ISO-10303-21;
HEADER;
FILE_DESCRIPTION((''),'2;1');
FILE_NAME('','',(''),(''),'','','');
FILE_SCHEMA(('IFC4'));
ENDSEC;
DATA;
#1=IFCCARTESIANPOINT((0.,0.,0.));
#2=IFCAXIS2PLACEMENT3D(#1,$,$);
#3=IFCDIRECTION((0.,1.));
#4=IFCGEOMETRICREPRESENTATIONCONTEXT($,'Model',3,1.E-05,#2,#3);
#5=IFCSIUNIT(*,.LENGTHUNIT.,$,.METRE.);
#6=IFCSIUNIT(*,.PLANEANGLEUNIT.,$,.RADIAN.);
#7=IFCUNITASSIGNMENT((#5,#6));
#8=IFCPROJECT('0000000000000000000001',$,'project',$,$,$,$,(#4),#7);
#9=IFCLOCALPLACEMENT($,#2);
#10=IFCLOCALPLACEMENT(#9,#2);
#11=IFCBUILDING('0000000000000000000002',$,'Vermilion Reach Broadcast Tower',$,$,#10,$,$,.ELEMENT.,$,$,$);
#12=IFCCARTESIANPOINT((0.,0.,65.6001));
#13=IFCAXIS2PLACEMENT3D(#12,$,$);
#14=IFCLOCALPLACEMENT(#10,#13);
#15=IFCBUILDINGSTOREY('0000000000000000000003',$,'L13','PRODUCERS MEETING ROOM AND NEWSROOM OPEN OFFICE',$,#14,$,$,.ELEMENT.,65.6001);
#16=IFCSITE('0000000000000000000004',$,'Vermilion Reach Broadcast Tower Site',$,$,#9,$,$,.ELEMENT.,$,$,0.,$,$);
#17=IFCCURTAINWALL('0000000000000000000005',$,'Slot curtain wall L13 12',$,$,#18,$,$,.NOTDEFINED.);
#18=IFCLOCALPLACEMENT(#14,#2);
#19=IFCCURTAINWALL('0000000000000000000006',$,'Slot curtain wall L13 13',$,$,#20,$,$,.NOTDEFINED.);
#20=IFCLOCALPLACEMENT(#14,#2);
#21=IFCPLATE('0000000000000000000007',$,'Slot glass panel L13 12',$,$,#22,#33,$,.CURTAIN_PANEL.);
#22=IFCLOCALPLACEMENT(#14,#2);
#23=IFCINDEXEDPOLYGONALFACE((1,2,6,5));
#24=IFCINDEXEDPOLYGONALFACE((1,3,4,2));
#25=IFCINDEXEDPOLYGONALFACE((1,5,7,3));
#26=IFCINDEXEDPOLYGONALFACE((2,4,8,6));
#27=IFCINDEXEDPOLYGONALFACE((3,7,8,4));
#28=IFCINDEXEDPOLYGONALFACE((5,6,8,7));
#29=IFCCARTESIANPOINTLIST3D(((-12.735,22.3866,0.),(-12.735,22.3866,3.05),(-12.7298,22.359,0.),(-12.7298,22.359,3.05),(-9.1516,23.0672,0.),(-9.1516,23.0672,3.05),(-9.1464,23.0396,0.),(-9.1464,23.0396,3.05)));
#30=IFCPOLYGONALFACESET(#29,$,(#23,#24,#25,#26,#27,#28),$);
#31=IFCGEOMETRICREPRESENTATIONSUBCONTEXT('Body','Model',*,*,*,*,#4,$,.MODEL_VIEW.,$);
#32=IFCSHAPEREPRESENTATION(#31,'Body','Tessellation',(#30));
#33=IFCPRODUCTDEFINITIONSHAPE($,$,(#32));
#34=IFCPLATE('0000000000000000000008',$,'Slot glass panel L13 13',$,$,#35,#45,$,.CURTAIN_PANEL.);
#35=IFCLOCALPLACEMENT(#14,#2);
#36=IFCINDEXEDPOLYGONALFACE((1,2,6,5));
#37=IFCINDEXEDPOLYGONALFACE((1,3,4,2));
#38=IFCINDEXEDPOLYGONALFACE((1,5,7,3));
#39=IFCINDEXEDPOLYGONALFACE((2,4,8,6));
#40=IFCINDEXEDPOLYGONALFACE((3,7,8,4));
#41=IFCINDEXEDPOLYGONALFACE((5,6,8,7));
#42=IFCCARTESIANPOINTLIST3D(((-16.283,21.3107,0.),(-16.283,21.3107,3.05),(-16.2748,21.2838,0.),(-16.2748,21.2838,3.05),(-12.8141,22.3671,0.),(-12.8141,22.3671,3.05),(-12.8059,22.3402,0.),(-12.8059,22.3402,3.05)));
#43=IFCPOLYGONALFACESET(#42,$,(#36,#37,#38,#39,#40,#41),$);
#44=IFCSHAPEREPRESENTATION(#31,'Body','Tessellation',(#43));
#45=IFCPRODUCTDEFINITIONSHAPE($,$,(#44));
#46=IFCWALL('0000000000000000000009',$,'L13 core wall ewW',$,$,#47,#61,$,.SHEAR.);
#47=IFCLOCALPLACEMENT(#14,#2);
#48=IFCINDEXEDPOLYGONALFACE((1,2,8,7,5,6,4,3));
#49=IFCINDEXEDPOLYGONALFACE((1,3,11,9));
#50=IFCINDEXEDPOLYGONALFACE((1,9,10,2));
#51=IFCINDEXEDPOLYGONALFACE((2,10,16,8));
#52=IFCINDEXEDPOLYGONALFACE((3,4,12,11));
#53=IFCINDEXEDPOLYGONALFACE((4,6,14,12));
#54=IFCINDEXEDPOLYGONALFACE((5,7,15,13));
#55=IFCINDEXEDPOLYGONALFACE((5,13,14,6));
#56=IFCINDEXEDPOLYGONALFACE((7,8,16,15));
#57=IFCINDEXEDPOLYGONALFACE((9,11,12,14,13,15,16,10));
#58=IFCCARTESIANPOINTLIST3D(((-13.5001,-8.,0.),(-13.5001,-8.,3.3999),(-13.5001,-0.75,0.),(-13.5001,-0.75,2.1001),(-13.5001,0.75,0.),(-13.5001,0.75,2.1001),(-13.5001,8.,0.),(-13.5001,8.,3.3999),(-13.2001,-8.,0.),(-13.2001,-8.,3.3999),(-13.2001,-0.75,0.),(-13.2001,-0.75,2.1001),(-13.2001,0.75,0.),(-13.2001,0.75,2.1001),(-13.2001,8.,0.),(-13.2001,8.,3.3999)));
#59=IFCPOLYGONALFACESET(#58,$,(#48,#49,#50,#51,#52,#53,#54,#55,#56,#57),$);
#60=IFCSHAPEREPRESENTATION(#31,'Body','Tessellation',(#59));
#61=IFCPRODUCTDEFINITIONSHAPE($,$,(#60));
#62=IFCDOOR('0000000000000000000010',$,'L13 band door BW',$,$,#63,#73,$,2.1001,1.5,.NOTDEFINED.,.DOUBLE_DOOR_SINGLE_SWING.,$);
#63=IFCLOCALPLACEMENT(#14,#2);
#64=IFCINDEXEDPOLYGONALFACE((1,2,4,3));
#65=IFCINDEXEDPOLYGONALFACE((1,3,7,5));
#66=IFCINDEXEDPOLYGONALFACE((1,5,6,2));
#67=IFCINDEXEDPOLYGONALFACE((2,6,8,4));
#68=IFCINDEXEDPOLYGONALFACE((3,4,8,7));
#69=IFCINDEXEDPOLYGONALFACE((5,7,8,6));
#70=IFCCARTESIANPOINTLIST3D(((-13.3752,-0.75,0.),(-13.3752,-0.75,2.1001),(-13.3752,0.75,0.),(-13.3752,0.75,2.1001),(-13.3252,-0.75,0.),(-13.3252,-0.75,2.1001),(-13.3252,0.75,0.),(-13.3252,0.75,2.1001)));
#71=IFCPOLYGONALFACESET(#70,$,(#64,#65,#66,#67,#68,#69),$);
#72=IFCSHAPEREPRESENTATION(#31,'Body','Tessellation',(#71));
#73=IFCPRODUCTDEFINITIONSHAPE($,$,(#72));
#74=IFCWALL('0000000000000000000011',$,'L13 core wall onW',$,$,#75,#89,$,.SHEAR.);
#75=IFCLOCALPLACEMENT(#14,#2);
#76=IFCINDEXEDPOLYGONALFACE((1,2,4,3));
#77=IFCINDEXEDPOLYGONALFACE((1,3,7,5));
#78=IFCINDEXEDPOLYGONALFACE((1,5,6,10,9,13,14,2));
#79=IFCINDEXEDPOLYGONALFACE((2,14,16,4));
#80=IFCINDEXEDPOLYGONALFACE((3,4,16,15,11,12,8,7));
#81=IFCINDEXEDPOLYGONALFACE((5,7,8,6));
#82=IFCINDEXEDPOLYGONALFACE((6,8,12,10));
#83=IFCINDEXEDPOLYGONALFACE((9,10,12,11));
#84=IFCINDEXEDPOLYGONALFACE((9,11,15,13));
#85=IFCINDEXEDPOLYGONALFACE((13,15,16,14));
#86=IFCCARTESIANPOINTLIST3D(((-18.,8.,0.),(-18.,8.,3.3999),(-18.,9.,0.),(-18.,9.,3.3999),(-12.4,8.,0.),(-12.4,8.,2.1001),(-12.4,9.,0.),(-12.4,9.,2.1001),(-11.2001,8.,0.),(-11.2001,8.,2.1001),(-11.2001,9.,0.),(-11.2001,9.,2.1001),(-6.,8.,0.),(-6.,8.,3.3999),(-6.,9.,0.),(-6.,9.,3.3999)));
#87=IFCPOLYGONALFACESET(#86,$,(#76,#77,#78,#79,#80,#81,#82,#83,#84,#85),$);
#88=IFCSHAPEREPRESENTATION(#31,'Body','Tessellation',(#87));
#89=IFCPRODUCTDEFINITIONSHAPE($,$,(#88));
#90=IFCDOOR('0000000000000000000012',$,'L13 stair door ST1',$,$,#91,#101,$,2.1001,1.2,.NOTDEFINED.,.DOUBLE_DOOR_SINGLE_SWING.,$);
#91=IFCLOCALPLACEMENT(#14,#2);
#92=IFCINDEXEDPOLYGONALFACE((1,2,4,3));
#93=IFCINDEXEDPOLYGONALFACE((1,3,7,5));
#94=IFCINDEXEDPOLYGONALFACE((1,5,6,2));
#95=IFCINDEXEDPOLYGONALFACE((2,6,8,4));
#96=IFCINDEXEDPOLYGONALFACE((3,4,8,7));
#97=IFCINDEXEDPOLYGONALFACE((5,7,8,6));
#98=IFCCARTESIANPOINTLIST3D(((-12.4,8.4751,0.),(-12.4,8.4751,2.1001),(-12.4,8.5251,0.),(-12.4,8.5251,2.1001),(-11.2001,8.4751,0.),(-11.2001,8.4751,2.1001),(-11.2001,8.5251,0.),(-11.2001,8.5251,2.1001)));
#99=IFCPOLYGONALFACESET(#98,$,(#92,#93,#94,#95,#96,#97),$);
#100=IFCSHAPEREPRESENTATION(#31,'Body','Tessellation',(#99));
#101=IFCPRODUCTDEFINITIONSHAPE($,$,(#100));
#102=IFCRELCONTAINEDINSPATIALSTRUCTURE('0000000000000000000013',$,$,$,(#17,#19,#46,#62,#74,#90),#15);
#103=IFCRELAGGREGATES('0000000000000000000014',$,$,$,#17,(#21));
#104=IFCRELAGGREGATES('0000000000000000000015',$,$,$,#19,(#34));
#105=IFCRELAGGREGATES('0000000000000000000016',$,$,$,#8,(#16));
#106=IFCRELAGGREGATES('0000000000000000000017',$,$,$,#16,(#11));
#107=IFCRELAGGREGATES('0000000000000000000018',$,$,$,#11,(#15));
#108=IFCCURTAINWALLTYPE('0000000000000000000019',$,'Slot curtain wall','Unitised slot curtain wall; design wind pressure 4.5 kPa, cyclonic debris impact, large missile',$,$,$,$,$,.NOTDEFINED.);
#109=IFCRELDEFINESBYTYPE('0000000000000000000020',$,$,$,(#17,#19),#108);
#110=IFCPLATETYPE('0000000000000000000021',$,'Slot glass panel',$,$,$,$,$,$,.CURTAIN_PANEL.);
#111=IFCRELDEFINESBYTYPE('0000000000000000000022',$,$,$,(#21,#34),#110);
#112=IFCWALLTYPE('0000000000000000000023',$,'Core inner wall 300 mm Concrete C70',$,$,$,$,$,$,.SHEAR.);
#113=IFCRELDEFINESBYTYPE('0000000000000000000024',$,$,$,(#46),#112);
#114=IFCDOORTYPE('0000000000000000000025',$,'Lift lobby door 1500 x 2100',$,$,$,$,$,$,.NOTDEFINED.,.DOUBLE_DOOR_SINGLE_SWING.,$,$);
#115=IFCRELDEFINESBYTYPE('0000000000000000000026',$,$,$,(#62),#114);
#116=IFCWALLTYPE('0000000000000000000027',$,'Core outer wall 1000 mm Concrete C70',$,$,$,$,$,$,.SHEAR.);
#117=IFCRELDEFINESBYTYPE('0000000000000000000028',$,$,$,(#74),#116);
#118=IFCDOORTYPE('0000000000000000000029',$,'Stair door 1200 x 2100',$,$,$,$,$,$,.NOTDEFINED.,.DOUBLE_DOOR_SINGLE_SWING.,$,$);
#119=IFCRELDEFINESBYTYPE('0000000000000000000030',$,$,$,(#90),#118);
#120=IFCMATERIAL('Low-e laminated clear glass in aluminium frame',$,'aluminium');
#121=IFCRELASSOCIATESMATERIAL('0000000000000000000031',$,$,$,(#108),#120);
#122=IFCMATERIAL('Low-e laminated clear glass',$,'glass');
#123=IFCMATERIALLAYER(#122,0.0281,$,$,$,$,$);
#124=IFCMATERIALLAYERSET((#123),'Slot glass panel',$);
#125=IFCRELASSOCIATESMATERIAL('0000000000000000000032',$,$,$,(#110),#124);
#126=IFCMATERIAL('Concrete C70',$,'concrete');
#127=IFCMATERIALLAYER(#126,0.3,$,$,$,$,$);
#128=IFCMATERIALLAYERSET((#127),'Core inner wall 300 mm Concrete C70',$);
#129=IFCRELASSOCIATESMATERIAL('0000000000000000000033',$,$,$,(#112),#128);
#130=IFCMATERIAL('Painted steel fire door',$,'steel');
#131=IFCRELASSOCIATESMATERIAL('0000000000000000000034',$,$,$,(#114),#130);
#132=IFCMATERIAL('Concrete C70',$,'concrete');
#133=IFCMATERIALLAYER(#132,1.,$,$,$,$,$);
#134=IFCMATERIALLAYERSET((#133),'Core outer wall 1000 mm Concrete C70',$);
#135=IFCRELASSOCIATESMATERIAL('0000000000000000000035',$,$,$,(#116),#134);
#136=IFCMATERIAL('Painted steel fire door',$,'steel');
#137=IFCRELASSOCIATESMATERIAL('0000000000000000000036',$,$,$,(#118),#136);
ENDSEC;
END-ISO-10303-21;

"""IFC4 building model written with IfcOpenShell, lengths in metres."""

from ifc_helpers import new_model, si_unit, direction, frame, frame_2d, origin, origin_2d, place, context, subcontext, project, spatial, rectangle, extrude, material, layer, layer_set, type_object, element, fill, aggregate, save


model = new_model("IFC4")

# Units and contexts
model_context = context("Model", 3, precision=1e-05, world=origin(), true_north=direction((0.0, 1.0)))
body_context = subcontext(model_context, "Body", "Model", "MODEL_VIEW")
ifc_project = project(units=[si_unit("LENGTHUNIT", "METRE"), si_unit("PLANEANGLEUNIT", "RADIAN")], contexts=[model_context])

# Site, building, storey
site_placement = place(None, origin())
site = spatial("IfcSite", under=ifc_project, at=site_placement, Name="Vermilion Reach Broadcast Tower Site", CompositionType="ELEMENT", RefElevation=0.0)
building_placement = place(site_placement, origin())
building = spatial("IfcBuilding", under=site, at=building_placement, Name="Vermilion Reach Broadcast Tower", CompositionType="ELEMENT")
storey_placement = place(building_placement, frame((0.0, 0.0, 65.6001)))
storey = spatial("IfcBuildingStorey", under=building, at=storey_placement, Name="L13", Description="PRODUCERS MEETING ROOM AND NEWSROOM OPEN OFFICE", CompositionType="ELEMENT", Elevation=65.6001)

# Curtain walls
ifc_material_1 = material(Name="Low-e laminated clear glass in aluminium frame", Category="aluminium")
curtain_wall_type = type_object("IfcCurtainWallType", Name="Slot curtain wall", Description="Unitised slot curtain wall; design wind pressure 4.5 kPa, cyclonic debris impact, large missile", PredefinedType="NOTDEFINED", material=ifc_material_1)
placement = place(storey_placement, origin())
curtain_wall_1 = element("IfcCurtainWall", 1, at=placement, inside=storey, type_object=curtain_wall_type, Name="Slot curtain wall L13 12", PredefinedType="NOTDEFINED")
curtain_wall_2 = element("IfcCurtainWall", 2, at=placement, inside=storey, type_object=curtain_wall_type, Name="Slot curtain wall L13 13", PredefinedType="NOTDEFINED")

# Shared definitions
ifc_material_2 = material(Name="Low-e laminated clear glass", Category="glass")
ifc_layer_1 = layer(ifc_material_2, 0.0281)
ifc_layer_set_1 = layer_set([ifc_layer_1], Name="Slot glass panel")
plate_type = type_object("IfcPlateType", Name="Slot glass panel", PredefinedType="CURTAIN_PANEL", material=ifc_layer_set_1)

# Plates
plate_1_placement = place(storey_placement, frame((-10.9407, 22.7131, 0.0), z_axis=(0.0, 0.0, 1.0), x_axis=(-0.982436, -0.186598, 0.0)))
plate_1 = element("IfcPlate", 3, at=plate_1_placement, type_object=plate_type, Name="Slot glass panel L13 12", PredefinedType="CURTAIN_PANEL", context=body_context, shape_type="SweptSolid", body=[
    extrude(rectangle(XDim=3.6475, YDim=0.0281, at=origin_2d()), origin(), (0.0, 0.0, 1.0), 3.05),
])
aggregate(curtain_wall_1, [plate_1])
plate_2_placement = place(storey_placement, frame((-14.5444, 21.8254, 0.0), z_axis=(0.0, 0.0, 1.0), x_axis=(-0.956623, -0.291329, 0.0)))
plate_2 = element("IfcPlate", 4, at=plate_2_placement, type_object=plate_type, Name="Slot glass panel L13 13", PredefinedType="CURTAIN_PANEL", context=body_context, shape_type="SweptSolid", body=[
    extrude(rectangle(XDim=3.6262, YDim=0.0281, at=origin_2d()), origin(), (0.0, 0.0, 1.0), 3.05),
])
aggregate(curtain_wall_2, [plate_2])

# Walls, openings, doors
ifc_material_3 = material(Name="Concrete C70", Category="concrete")
ifc_layer_2 = layer(ifc_material_3, 0.3)
ifc_layer_set_2 = layer_set([ifc_layer_2], Name="Core inner wall 300 mm Concrete C70")
wall_type_1 = type_object("IfcWallType", Name="Core inner wall 300 mm Concrete C70", PredefinedType="SHEAR", material=ifc_layer_set_2)
wall_1_placement = place(storey_placement, frame((-13.3501, 8.0, 0.0), z_axis=(0.0, 0.0, 1.0), x_axis=(0.0, -1.0, 0.0)))
wall_1 = element("IfcWall", 5, at=wall_1_placement, inside=storey, type_object=wall_type_1, Name="L13 core wall ewW", PredefinedType="SHEAR", context=body_context, shape_type="SweptSolid", body=[
    extrude(rectangle(XDim=16.0, YDim=0.3, at=frame_2d((8.0, 0.0))), origin(), (0.0, 0.0, 1.0), 3.3999),
])
opening_1_placement = place(wall_1_placement, frame((7.25, 0.0, 0.0)))
opening_1 = element("IfcOpeningElement", 6, at=opening_1_placement, cuts=wall_1, PredefinedType="OPENING", context=body_context, shape_type="SweptSolid", body=[
    extrude(rectangle(XDim=1.5, YDim=2.1001, at=frame_2d((0.75, 1.05))), frame((0.0, 0.1599, 0.0), z_axis=(0.0, -1.0, 0.0), x_axis=(1.0, 0.0, 0.0)), (0.0, 0.0, 1.0), 0.3201),
])
ifc_material_4 = material(Name="Painted steel fire door", Category="steel")
door_type_1 = type_object("IfcDoorType", Name="Lift lobby door 1500 x 2100", OperationType="DOUBLE_DOOR_SINGLE_SWING", PredefinedType="NOTDEFINED", material=ifc_material_4)
door_1_placement = place(opening_1_placement, origin())
door_1 = element("IfcDoor", 7, at=door_1_placement, inside=storey, type_object=door_type_1, Name="L13 band door BW", OperationType="DOUBLE_DOOR_SINGLE_SWING", OverallHeight=2.1001, OverallWidth=1.5, PredefinedType="NOTDEFINED", context=body_context, shape_type="SweptSolid", body=[
    extrude(rectangle(XDim=1.5, YDim=2.1001, at=frame_2d((0.75, 1.05))), frame((0.0, 0.0249, 0.0), z_axis=(0.0, -1.0, 0.0), x_axis=(1.0, 0.0, 0.0)), (0.0, 0.0, 1.0), 0.05),
])
fill(opening_1, door_1)
ifc_material_5 = material(Name="Concrete C70", Category="concrete")
ifc_layer_3 = layer(ifc_material_5, 1.0)
ifc_layer_set_3 = layer_set([ifc_layer_3], Name="Core outer wall 1000 mm Concrete C70")
wall_type_2 = type_object("IfcWallType", Name="Core outer wall 1000 mm Concrete C70", PredefinedType="SHEAR", material=ifc_layer_set_3)
wall_2_placement = place(storey_placement, frame((-6.0, 8.5, 0.0), z_axis=(0.0, 0.0, 1.0), x_axis=(-1.0, 0.0, 0.0)))
wall_2 = element("IfcWall", 8, at=wall_2_placement, inside=storey, type_object=wall_type_2, Name="L13 core wall onW", PredefinedType="SHEAR", context=body_context, shape_type="SweptSolid", body=[
    extrude(rectangle(XDim=12.0, YDim=1.0, at=frame_2d((6.0, 0.0))), origin(), (0.0, 0.0, 1.0), 3.3999),
])
opening_2_placement = place(wall_2_placement, frame((5.2, 0.0, 0.0)))
opening_2 = element("IfcOpeningElement", 9, at=opening_2_placement, cuts=wall_2, PredefinedType="OPENING", context=body_context, shape_type="SweptSolid", body=[
    extrude(rectangle(XDim=1.2, YDim=2.1001, at=frame_2d((0.6001, 1.05))), frame((0.0, 0.51, 0.0), z_axis=(0.0, -1.0, 0.0), x_axis=(1.0, 0.0, 0.0)), (0.0, 0.0, 1.0), 1.02),
])
ifc_material_6 = material(Name="Painted steel fire door", Category="steel")
door_type_2 = type_object("IfcDoorType", Name="Stair door 1200 x 2100", OperationType="DOUBLE_DOOR_SINGLE_SWING", PredefinedType="NOTDEFINED", material=ifc_material_6)
door_2_placement = place(opening_2_placement, origin())
door_2 = element("IfcDoor", 10, at=door_2_placement, inside=storey, type_object=door_type_2, Name="L13 stair door ST1", OperationType="DOUBLE_DOOR_SINGLE_SWING", OverallHeight=2.1001, OverallWidth=1.2, PredefinedType="NOTDEFINED", context=body_context, shape_type="SweptSolid", body=[
    extrude(rectangle(XDim=1.2, YDim=2.1001, at=frame_2d((0.6001, 1.05))), frame((0.0, 0.0249, 0.0), z_axis=(0.0, -1.0, 0.0), x_axis=(1.0, 0.0, 0.0)), (0.0, 0.0, 1.0), 0.05),
])
fill(opening_2, door_2)

save(model, "model.ifc")
